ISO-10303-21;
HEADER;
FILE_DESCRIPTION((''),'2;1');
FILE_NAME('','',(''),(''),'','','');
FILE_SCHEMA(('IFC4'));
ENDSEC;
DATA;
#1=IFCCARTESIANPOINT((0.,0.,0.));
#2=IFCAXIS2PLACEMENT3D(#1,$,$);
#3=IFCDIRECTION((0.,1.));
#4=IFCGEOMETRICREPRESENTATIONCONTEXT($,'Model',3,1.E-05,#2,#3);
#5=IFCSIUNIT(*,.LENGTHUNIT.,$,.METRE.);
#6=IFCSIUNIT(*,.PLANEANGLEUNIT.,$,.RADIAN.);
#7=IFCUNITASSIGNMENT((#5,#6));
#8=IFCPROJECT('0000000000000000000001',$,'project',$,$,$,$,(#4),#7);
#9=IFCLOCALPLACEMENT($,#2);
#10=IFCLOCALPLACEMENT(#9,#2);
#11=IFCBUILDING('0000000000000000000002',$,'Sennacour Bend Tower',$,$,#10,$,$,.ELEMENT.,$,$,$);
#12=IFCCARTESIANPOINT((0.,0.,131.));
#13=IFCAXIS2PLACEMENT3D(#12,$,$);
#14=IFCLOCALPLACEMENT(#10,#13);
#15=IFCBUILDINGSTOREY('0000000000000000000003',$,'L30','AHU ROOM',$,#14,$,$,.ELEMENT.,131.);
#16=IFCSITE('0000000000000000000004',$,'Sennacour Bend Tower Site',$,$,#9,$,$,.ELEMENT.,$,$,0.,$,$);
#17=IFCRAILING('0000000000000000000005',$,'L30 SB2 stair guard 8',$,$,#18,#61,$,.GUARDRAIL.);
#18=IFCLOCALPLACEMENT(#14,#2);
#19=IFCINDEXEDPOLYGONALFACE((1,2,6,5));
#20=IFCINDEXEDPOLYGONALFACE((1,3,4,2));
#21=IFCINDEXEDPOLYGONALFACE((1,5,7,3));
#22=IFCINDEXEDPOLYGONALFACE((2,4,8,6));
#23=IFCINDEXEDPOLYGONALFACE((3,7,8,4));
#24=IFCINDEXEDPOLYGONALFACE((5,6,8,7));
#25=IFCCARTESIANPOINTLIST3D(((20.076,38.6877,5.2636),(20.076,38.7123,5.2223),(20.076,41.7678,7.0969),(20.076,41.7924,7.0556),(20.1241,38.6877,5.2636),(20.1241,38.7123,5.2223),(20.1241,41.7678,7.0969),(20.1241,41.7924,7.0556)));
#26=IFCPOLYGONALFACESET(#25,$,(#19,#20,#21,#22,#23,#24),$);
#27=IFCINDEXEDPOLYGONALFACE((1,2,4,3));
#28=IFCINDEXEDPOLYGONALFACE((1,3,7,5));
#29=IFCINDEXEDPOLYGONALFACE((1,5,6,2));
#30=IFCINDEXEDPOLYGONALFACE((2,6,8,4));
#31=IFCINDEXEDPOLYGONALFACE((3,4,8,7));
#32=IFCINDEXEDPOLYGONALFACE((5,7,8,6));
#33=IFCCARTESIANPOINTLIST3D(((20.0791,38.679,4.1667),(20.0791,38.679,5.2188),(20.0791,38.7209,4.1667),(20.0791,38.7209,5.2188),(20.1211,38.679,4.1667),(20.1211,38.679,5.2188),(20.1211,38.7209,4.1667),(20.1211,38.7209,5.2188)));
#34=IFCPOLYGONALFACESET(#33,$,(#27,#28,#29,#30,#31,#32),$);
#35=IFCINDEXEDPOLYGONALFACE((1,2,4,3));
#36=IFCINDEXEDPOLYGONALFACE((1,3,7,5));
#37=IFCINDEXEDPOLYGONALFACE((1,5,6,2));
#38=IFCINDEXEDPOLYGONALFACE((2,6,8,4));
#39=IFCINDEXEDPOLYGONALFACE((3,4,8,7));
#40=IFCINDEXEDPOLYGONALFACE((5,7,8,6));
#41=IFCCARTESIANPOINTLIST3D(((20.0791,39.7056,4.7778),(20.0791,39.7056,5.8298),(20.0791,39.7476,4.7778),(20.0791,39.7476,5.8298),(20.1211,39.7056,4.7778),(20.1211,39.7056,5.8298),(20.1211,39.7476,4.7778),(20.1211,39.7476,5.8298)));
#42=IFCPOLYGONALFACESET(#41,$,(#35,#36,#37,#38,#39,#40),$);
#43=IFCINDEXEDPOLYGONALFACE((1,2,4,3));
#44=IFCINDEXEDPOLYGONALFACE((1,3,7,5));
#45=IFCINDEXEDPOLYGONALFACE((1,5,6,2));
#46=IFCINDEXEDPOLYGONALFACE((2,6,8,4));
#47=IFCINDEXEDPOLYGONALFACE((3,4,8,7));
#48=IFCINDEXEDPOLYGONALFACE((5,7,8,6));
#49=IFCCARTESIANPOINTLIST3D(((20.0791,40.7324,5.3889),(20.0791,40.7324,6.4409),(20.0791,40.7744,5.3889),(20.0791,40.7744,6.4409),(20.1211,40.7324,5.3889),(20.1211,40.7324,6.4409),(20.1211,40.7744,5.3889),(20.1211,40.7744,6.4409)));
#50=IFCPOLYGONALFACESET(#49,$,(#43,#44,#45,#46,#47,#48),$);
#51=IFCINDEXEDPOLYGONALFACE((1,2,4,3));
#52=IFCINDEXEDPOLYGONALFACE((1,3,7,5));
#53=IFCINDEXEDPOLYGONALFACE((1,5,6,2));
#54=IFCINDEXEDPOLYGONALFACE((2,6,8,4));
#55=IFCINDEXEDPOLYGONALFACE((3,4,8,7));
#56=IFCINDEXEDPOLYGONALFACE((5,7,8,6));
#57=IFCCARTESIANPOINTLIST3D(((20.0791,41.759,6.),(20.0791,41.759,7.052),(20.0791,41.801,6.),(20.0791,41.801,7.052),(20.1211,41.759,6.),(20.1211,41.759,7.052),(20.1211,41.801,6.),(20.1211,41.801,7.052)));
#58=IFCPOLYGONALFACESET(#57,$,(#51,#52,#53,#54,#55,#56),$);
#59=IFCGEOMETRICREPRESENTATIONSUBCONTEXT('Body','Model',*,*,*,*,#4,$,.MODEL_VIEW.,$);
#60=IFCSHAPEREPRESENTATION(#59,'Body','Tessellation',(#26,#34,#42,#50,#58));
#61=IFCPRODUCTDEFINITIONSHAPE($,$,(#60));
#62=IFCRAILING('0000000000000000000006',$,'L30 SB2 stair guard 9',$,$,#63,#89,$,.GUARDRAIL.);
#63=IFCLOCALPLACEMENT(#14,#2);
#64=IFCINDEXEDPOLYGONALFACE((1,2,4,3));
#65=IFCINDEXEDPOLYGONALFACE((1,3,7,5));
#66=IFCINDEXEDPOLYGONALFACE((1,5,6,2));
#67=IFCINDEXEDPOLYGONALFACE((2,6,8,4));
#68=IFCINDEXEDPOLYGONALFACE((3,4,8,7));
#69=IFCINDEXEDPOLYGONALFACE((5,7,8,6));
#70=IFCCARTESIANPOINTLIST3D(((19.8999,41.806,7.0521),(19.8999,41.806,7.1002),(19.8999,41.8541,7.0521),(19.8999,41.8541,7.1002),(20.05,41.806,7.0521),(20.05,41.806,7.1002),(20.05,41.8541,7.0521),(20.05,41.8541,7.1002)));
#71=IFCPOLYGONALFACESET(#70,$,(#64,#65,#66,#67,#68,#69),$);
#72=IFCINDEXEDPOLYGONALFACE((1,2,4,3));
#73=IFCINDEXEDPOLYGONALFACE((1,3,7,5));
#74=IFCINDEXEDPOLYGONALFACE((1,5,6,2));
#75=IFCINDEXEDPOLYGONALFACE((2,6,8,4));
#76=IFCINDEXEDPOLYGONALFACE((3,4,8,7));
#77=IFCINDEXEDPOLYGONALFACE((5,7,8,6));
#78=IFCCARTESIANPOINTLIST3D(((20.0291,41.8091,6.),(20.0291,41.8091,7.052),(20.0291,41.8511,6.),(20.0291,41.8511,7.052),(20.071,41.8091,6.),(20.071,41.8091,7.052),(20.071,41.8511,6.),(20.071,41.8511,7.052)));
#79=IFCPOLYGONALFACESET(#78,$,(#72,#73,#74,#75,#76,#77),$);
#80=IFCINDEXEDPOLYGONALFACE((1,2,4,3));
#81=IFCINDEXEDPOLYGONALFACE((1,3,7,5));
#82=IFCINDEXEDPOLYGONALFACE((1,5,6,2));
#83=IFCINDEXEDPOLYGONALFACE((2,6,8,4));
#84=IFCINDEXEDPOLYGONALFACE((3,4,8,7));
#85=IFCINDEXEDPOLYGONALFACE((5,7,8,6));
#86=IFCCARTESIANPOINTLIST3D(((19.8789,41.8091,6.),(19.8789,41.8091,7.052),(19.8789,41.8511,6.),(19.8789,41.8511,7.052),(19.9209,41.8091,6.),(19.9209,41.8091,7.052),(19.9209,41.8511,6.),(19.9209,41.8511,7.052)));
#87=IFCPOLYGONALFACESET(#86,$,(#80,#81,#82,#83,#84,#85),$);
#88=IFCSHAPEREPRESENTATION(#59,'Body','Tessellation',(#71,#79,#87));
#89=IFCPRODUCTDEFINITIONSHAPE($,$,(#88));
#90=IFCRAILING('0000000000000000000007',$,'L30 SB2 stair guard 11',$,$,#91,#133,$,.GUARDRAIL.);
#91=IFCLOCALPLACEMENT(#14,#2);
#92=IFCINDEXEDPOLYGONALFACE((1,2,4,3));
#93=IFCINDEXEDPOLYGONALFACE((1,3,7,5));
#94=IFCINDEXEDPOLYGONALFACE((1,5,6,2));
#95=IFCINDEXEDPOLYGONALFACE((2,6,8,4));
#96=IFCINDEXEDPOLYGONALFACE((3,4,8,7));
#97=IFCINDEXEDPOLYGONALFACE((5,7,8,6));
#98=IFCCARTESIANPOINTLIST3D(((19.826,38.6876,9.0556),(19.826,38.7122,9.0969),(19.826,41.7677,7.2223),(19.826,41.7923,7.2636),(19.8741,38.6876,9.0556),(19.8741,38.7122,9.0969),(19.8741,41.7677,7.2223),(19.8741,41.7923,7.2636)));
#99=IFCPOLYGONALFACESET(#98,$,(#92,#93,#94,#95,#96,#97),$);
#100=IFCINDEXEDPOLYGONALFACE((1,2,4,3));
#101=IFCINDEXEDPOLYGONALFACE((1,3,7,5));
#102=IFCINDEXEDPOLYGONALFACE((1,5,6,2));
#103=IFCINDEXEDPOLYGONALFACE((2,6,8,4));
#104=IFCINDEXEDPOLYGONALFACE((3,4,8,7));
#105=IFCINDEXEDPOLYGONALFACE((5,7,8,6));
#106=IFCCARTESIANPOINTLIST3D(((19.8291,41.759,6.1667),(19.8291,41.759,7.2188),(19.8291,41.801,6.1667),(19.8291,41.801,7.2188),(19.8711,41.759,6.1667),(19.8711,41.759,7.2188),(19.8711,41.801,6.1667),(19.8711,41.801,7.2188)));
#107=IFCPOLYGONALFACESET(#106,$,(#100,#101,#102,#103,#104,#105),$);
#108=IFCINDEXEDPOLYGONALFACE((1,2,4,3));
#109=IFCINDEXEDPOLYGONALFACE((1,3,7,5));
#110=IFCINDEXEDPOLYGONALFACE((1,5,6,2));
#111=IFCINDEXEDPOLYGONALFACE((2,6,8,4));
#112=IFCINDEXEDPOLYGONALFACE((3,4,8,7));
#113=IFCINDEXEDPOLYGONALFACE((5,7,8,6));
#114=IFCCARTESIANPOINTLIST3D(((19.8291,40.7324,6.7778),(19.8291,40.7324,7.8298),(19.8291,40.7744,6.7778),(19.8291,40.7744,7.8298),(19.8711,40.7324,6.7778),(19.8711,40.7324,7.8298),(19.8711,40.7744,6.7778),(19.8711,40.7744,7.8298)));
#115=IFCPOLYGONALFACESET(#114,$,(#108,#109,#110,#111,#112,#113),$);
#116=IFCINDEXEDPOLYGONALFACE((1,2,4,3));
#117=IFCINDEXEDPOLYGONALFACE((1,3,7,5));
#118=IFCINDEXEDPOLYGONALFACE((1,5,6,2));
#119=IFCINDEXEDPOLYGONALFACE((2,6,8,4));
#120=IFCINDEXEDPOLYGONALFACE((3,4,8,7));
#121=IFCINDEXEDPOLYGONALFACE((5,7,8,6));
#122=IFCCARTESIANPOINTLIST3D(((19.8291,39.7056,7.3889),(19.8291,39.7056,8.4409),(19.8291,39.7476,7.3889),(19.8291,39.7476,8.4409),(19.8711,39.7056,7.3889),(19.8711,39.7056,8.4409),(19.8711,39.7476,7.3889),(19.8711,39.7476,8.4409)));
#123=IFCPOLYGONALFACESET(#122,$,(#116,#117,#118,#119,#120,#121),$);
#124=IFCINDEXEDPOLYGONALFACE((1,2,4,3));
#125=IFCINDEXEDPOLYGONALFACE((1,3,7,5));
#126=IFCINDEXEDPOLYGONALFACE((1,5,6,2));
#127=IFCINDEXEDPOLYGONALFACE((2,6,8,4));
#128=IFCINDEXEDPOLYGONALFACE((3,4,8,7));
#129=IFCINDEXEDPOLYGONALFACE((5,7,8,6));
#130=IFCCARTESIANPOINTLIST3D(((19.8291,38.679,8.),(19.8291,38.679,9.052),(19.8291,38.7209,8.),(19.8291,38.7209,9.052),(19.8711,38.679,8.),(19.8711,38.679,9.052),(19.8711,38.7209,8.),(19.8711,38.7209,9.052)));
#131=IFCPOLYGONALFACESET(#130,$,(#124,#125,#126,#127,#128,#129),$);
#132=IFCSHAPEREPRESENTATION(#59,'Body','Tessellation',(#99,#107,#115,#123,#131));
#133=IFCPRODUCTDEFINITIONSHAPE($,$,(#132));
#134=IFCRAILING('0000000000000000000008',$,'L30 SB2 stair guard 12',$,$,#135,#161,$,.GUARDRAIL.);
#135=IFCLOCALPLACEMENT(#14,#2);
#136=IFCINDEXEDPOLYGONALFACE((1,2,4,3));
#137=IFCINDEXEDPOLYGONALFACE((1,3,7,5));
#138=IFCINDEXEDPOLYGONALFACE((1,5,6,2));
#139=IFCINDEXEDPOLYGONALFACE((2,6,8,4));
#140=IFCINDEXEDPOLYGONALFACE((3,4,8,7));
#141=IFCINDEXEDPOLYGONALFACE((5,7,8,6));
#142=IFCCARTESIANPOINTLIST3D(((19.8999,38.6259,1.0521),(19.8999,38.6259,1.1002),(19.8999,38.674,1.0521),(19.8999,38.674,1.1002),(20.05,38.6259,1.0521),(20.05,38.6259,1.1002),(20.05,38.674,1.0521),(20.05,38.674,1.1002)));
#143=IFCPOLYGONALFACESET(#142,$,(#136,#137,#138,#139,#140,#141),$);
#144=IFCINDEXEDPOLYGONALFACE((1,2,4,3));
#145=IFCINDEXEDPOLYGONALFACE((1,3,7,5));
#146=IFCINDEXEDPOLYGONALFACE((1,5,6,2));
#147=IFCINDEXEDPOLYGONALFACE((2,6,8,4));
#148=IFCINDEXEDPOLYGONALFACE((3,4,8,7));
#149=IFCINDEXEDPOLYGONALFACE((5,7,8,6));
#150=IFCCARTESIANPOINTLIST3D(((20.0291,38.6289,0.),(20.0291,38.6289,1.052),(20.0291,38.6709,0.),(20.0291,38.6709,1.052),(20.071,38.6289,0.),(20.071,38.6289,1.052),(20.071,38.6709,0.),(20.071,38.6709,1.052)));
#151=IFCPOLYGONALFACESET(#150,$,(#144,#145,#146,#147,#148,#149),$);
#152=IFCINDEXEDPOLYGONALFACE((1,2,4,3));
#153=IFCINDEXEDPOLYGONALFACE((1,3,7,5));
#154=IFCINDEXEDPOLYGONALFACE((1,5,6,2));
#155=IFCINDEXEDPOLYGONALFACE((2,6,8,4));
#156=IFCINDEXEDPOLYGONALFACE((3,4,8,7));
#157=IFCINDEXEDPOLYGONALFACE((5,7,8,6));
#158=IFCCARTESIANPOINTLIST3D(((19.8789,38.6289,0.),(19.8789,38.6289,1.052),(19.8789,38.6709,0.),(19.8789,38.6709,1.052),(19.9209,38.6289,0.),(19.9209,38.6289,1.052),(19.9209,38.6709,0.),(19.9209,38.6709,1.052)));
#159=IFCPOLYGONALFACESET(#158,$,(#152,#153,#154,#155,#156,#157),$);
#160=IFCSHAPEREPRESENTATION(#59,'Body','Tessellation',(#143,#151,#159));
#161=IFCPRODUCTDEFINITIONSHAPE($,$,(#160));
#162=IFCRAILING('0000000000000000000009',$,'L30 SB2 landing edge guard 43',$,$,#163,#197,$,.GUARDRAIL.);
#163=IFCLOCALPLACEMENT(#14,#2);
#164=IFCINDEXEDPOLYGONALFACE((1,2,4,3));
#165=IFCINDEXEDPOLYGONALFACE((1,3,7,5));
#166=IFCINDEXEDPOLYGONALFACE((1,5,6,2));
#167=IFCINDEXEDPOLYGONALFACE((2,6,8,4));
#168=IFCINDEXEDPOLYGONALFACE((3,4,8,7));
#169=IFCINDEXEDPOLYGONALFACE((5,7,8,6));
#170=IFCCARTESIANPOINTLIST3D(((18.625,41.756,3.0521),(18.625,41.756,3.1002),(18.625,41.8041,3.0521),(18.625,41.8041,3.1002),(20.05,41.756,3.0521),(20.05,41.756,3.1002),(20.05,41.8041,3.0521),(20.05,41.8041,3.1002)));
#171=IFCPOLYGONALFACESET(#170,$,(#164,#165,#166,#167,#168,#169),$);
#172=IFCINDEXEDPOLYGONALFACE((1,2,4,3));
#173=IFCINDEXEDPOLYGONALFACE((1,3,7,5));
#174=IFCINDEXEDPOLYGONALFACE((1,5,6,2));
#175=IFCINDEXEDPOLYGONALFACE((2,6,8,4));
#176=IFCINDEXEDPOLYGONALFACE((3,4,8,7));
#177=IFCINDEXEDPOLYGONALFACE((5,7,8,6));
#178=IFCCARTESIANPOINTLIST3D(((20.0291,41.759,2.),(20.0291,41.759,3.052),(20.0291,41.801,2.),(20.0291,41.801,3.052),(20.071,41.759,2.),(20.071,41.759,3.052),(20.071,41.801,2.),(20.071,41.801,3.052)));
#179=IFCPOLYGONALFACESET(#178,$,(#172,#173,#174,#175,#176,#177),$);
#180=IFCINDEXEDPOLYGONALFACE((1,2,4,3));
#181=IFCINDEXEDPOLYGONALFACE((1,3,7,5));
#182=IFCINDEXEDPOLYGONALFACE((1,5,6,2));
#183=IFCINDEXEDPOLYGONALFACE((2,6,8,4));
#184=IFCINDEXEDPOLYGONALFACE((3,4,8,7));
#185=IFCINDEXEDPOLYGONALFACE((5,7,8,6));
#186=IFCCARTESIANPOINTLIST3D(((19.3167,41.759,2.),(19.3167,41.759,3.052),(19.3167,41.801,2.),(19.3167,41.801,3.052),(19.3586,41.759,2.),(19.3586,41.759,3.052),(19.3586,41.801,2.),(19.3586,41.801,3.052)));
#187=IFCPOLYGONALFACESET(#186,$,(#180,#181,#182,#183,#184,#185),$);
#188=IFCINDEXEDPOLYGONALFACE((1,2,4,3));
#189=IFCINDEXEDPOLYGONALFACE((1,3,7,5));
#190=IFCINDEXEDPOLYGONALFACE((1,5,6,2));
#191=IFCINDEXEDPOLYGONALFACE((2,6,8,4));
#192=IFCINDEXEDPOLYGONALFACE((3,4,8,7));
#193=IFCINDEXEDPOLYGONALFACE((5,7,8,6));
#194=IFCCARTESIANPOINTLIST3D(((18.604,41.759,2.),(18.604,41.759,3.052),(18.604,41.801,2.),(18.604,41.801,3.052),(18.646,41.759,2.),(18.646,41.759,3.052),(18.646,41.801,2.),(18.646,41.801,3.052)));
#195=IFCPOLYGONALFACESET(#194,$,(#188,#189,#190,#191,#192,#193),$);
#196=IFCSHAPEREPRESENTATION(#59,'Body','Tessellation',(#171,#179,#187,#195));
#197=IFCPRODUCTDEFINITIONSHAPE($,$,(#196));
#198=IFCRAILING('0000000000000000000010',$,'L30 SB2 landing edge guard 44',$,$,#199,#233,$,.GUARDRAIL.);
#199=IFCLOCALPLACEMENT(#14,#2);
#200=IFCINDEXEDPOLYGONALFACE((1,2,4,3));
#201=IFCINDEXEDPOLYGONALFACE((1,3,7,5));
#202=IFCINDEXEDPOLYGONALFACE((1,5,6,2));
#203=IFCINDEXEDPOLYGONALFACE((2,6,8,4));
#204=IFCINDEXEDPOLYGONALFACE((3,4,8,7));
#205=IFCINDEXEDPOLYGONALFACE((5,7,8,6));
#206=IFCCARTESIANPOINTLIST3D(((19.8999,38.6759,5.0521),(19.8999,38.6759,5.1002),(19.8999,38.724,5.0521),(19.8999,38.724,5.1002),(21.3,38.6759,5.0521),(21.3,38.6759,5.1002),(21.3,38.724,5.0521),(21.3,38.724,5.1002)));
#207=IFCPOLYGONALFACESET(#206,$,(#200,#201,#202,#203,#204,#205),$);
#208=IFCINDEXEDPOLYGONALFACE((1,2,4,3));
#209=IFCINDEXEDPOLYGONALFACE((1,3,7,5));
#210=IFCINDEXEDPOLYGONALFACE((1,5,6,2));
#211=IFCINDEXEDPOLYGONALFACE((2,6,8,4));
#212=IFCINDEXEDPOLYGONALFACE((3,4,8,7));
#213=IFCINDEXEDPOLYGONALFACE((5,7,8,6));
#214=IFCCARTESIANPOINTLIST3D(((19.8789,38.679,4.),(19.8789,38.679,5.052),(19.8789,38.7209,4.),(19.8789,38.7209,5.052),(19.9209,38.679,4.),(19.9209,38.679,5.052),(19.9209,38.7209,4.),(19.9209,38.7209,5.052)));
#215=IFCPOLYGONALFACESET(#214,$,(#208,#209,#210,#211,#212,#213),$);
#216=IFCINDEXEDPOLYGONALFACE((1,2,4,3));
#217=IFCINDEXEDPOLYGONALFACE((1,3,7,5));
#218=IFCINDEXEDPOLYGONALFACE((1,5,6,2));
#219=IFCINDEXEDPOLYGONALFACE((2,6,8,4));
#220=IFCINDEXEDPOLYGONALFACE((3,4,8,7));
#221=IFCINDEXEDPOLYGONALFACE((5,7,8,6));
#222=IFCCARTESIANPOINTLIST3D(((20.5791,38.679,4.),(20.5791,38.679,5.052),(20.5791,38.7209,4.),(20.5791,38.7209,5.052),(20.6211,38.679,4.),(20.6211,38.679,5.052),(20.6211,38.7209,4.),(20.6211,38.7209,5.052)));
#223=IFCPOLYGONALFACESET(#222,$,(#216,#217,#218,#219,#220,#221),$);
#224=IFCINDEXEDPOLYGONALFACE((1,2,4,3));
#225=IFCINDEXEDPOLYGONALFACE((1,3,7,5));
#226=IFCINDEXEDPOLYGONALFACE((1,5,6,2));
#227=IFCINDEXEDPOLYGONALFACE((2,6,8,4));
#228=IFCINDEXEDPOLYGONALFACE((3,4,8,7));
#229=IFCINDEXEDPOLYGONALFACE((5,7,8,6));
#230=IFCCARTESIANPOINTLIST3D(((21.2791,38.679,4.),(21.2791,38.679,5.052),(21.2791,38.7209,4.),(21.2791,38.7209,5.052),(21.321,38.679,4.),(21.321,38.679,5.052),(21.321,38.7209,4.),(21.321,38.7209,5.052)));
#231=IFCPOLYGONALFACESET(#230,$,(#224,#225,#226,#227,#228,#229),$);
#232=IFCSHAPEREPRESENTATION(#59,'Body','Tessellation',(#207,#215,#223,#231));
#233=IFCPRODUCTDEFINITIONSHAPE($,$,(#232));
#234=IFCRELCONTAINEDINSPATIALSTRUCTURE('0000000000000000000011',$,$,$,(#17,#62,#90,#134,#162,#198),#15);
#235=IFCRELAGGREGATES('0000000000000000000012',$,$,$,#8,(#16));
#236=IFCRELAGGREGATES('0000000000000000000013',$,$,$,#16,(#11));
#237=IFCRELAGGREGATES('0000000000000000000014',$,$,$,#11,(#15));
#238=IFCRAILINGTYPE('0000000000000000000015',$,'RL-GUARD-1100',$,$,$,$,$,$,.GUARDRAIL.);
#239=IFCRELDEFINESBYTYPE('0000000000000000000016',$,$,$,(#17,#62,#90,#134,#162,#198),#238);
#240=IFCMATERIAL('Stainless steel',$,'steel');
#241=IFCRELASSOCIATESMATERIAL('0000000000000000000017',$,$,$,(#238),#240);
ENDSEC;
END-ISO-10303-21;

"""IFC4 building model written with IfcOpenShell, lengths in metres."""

from ifc_helpers import new_model, si_unit, direction, frame, origin, origin_2d, place, context, subcontext, project, spatial, rectangle, extrude, material, type_object, element, save


model = new_model("IFC4")

# Units and contexts
model_context = context("Model", 3, precision=1e-05, world=origin(), true_north=direction((0.0, 1.0)))
body_context = subcontext(model_context, "Body", "Model", "MODEL_VIEW")
ifc_project = project(units=[si_unit("LENGTHUNIT", "METRE"), si_unit("PLANEANGLEUNIT", "RADIAN")], contexts=[model_context])

# Site, building, storey
site_placement = place(None, origin())
site = spatial("IfcSite", under=ifc_project, at=site_placement, Name="Sennacour Bend Tower Site", CompositionType="ELEMENT", RefElevation=0.0)
building_placement = place(site_placement, origin())
building = spatial("IfcBuilding", under=site, at=building_placement, Name="Sennacour Bend Tower", CompositionType="ELEMENT")
storey_placement = place(building_placement, frame((0.0, 0.0, 131.0)))
storey = spatial("IfcBuildingStorey", under=building, at=storey_placement, Name="L30", Description="AHU ROOM", CompositionType="ELEMENT", Elevation=131.0)

# Railings
ifc_material_1 = material(Name="Stainless steel", Category="steel")
railing_type_1 = type_object("IfcRailingType", Name="RL-GUARD-1100", PredefinedType="GUARDRAIL", material=ifc_material_1)
railing_1_placement = place(storey_placement, frame((20.1001, 38.7, 4.1667)))
element("IfcRailing", 1, at=railing_1_placement, inside=storey, type_object=railing_type_1, Name="L30 SB2 stair guard 8", PredefinedType="GUARDRAIL", context=body_context, shape_type="SweptSolid", body=[
    extrude(rectangle(XDim=0.0481, YDim=0.0481, at=origin_2d()), frame((0.0, 0.0, 1.0762), z_axis=(0.0, 0.859309, 0.511458), x_axis=(-1.0, 0.0, 0.0)), (0.0, 0.0, 1.0), 3.5845),
    extrude(rectangle(XDim=0.042, YDim=0.042, at=origin_2d()), origin(), (0.0, 0.0, 1.0), 1.052),
    extrude(rectangle(XDim=0.042, YDim=0.042, at=origin_2d()), frame((0.0, 1.0266, 0.6111)), (0.0, 0.0, 1.0), 1.052),
    extrude(rectangle(XDim=0.042, YDim=0.042, at=origin_2d()), frame((0.0, 2.0535, 1.2222)), (0.0, 0.0, 1.0), 1.052),
    extrude(rectangle(XDim=0.042, YDim=0.042, at=origin_2d()), frame((0.0, 3.0801, 1.8333)), (0.0, 0.0, 1.0), 1.052),
])
railing_2_placement = place(storey_placement, frame((20.05, 41.8301, 6.0)))
element("IfcRailing", 2, at=railing_2_placement, inside=storey, type_object=railing_type_1, Name="L30 SB2 stair guard 9", PredefinedType="GUARDRAIL", context=body_context, shape_type="SweptSolid", body=[
    extrude(rectangle(XDim=0.0481, YDim=0.0481, at=origin_2d()), frame((0.0, 0.0, 1.0762), z_axis=(-1.0, 0.0, 0.0), x_axis=(0.0, -1.0, 0.0)), (0.0, 0.0, 1.0), 0.1501),
    extrude(rectangle(XDim=0.042, YDim=0.042, at=origin_2d()), origin(), (0.0, 0.0, 1.0), 1.052),
    extrude(rectangle(XDim=0.042, YDim=0.042, at=origin_2d()), frame((-0.1501, 0.0, 0.0)), (0.0, 0.0, 1.0), 1.052),
])
railing_3_placement = place(storey_placement, frame((19.8501, 41.78, 6.1667)))
element("IfcRailing", 3, at=railing_3_placement, inside=storey, type_object=railing_type_1, Name="L30 SB2 stair guard 11", PredefinedType="GUARDRAIL", context=body_context, shape_type="SweptSolid", body=[
    extrude(rectangle(XDim=0.0481, YDim=0.0481, at=origin_2d()), frame((0.0, 0.0, 1.0762), z_axis=(0.0, -0.859309, 0.511458), x_axis=(1.0, 0.0, 0.0)), (0.0, 0.0, 1.0), 3.5845),
    extrude(rectangle(XDim=0.042, YDim=0.042, at=origin_2d()), origin(), (0.0, 0.0, 1.0), 1.052),
    extrude(rectangle(XDim=0.042, YDim=0.042, at=origin_2d()), frame((0.0, -1.0266, 0.6111)), (0.0, 0.0, 1.0), 1.052),
    extrude(rectangle(XDim=0.042, YDim=0.042, at=origin_2d()), frame((0.0, -2.0535, 1.2222)), (0.0, 0.0, 1.0), 1.052),
    extrude(rectangle(XDim=0.042, YDim=0.042, at=origin_2d()), frame((0.0, -3.0801, 1.8333)), (0.0, 0.0, 1.0), 1.052),
])
railing_4_placement = place(storey_placement, frame((20.05, 38.6499, 0.0)))
element("IfcRailing", 4, at=railing_4_placement, inside=storey, type_object=railing_type_1, Name="L30 SB2 stair guard 12", PredefinedType="GUARDRAIL", context=body_context, shape_type="SweptSolid", body=[
    extrude(rectangle(XDim=0.0481, YDim=0.0481, at=origin_2d()), frame((0.0, 0.0, 1.0762), z_axis=(-1.0, 0.0, 0.0), x_axis=(0.0, -1.0, 0.0)), (0.0, 0.0, 1.0), 0.1501),
    extrude(rectangle(XDim=0.042, YDim=0.042, at=origin_2d()), origin(), (0.0, 0.0, 1.0), 1.052),
    extrude(rectangle(XDim=0.042, YDim=0.042, at=origin_2d()), frame((-0.1501, 0.0, 0.0)), (0.0, 0.0, 1.0), 1.052),
])
railing_5_placement = place(storey_placement, frame((20.05, 41.78, 2.0)))
element("IfcRailing", 5, at=railing_5_placement, inside=storey, type_object=railing_type_1, Name="L30 SB2 landing edge guard 43", PredefinedType="GUARDRAIL", context=body_context, shape_type="SweptSolid", body=[
    extrude(rectangle(XDim=0.0481, YDim=0.0481, at=origin_2d()), frame((0.0, 0.0, 1.0762), z_axis=(-1.0, 0.0, 0.0), x_axis=(0.0, -1.0, 0.0)), (0.0, 0.0, 1.0), 1.425),
    extrude(rectangle(XDim=0.042, YDim=0.042, at=origin_2d()), origin(), (0.0, 0.0, 1.0), 1.052),
    extrude(rectangle(XDim=0.042, YDim=0.042, at=origin_2d()), frame((-0.7124, 0.0, 0.0)), (0.0, 0.0, 1.0), 1.052),
    extrude(rectangle(XDim=0.042, YDim=0.042, at=origin_2d()), frame((-1.425, 0.0, 0.0)), (0.0, 0.0, 1.0), 1.052),
])
railing_6_placement = place(storey_placement, frame((19.8999, 38.7, 4.0)))
element("IfcRailing", 6, at=railing_6_placement, inside=storey, type_object=railing_type_1, Name="L30 SB2 landing edge guard 44", PredefinedType="GUARDRAIL", context=body_context, shape_type="SweptSolid", body=[
    extrude(rectangle(XDim=0.0481, YDim=0.0481, at=origin_2d()), frame((0.0, 0.0, 1.0762), z_axis=(1.0, 0.0, 0.0), x_axis=(0.0, 1.0, 0.0)), (0.0, 0.0, 1.0), 1.4001),
    extrude(rectangle(XDim=0.042, YDim=0.042, at=origin_2d()), origin(), (0.0, 0.0, 1.0), 1.052),
    extrude(rectangle(XDim=0.042, YDim=0.042, at=origin_2d()), frame((0.7002, 0.0, 0.0)), (0.0, 0.0, 1.0), 1.052),
    extrude(rectangle(XDim=0.042, YDim=0.042, at=origin_2d()), frame((1.4001, 0.0, 0.0)), (0.0, 0.0, 1.0), 1.052),
])

save(model, "model.ifc")
